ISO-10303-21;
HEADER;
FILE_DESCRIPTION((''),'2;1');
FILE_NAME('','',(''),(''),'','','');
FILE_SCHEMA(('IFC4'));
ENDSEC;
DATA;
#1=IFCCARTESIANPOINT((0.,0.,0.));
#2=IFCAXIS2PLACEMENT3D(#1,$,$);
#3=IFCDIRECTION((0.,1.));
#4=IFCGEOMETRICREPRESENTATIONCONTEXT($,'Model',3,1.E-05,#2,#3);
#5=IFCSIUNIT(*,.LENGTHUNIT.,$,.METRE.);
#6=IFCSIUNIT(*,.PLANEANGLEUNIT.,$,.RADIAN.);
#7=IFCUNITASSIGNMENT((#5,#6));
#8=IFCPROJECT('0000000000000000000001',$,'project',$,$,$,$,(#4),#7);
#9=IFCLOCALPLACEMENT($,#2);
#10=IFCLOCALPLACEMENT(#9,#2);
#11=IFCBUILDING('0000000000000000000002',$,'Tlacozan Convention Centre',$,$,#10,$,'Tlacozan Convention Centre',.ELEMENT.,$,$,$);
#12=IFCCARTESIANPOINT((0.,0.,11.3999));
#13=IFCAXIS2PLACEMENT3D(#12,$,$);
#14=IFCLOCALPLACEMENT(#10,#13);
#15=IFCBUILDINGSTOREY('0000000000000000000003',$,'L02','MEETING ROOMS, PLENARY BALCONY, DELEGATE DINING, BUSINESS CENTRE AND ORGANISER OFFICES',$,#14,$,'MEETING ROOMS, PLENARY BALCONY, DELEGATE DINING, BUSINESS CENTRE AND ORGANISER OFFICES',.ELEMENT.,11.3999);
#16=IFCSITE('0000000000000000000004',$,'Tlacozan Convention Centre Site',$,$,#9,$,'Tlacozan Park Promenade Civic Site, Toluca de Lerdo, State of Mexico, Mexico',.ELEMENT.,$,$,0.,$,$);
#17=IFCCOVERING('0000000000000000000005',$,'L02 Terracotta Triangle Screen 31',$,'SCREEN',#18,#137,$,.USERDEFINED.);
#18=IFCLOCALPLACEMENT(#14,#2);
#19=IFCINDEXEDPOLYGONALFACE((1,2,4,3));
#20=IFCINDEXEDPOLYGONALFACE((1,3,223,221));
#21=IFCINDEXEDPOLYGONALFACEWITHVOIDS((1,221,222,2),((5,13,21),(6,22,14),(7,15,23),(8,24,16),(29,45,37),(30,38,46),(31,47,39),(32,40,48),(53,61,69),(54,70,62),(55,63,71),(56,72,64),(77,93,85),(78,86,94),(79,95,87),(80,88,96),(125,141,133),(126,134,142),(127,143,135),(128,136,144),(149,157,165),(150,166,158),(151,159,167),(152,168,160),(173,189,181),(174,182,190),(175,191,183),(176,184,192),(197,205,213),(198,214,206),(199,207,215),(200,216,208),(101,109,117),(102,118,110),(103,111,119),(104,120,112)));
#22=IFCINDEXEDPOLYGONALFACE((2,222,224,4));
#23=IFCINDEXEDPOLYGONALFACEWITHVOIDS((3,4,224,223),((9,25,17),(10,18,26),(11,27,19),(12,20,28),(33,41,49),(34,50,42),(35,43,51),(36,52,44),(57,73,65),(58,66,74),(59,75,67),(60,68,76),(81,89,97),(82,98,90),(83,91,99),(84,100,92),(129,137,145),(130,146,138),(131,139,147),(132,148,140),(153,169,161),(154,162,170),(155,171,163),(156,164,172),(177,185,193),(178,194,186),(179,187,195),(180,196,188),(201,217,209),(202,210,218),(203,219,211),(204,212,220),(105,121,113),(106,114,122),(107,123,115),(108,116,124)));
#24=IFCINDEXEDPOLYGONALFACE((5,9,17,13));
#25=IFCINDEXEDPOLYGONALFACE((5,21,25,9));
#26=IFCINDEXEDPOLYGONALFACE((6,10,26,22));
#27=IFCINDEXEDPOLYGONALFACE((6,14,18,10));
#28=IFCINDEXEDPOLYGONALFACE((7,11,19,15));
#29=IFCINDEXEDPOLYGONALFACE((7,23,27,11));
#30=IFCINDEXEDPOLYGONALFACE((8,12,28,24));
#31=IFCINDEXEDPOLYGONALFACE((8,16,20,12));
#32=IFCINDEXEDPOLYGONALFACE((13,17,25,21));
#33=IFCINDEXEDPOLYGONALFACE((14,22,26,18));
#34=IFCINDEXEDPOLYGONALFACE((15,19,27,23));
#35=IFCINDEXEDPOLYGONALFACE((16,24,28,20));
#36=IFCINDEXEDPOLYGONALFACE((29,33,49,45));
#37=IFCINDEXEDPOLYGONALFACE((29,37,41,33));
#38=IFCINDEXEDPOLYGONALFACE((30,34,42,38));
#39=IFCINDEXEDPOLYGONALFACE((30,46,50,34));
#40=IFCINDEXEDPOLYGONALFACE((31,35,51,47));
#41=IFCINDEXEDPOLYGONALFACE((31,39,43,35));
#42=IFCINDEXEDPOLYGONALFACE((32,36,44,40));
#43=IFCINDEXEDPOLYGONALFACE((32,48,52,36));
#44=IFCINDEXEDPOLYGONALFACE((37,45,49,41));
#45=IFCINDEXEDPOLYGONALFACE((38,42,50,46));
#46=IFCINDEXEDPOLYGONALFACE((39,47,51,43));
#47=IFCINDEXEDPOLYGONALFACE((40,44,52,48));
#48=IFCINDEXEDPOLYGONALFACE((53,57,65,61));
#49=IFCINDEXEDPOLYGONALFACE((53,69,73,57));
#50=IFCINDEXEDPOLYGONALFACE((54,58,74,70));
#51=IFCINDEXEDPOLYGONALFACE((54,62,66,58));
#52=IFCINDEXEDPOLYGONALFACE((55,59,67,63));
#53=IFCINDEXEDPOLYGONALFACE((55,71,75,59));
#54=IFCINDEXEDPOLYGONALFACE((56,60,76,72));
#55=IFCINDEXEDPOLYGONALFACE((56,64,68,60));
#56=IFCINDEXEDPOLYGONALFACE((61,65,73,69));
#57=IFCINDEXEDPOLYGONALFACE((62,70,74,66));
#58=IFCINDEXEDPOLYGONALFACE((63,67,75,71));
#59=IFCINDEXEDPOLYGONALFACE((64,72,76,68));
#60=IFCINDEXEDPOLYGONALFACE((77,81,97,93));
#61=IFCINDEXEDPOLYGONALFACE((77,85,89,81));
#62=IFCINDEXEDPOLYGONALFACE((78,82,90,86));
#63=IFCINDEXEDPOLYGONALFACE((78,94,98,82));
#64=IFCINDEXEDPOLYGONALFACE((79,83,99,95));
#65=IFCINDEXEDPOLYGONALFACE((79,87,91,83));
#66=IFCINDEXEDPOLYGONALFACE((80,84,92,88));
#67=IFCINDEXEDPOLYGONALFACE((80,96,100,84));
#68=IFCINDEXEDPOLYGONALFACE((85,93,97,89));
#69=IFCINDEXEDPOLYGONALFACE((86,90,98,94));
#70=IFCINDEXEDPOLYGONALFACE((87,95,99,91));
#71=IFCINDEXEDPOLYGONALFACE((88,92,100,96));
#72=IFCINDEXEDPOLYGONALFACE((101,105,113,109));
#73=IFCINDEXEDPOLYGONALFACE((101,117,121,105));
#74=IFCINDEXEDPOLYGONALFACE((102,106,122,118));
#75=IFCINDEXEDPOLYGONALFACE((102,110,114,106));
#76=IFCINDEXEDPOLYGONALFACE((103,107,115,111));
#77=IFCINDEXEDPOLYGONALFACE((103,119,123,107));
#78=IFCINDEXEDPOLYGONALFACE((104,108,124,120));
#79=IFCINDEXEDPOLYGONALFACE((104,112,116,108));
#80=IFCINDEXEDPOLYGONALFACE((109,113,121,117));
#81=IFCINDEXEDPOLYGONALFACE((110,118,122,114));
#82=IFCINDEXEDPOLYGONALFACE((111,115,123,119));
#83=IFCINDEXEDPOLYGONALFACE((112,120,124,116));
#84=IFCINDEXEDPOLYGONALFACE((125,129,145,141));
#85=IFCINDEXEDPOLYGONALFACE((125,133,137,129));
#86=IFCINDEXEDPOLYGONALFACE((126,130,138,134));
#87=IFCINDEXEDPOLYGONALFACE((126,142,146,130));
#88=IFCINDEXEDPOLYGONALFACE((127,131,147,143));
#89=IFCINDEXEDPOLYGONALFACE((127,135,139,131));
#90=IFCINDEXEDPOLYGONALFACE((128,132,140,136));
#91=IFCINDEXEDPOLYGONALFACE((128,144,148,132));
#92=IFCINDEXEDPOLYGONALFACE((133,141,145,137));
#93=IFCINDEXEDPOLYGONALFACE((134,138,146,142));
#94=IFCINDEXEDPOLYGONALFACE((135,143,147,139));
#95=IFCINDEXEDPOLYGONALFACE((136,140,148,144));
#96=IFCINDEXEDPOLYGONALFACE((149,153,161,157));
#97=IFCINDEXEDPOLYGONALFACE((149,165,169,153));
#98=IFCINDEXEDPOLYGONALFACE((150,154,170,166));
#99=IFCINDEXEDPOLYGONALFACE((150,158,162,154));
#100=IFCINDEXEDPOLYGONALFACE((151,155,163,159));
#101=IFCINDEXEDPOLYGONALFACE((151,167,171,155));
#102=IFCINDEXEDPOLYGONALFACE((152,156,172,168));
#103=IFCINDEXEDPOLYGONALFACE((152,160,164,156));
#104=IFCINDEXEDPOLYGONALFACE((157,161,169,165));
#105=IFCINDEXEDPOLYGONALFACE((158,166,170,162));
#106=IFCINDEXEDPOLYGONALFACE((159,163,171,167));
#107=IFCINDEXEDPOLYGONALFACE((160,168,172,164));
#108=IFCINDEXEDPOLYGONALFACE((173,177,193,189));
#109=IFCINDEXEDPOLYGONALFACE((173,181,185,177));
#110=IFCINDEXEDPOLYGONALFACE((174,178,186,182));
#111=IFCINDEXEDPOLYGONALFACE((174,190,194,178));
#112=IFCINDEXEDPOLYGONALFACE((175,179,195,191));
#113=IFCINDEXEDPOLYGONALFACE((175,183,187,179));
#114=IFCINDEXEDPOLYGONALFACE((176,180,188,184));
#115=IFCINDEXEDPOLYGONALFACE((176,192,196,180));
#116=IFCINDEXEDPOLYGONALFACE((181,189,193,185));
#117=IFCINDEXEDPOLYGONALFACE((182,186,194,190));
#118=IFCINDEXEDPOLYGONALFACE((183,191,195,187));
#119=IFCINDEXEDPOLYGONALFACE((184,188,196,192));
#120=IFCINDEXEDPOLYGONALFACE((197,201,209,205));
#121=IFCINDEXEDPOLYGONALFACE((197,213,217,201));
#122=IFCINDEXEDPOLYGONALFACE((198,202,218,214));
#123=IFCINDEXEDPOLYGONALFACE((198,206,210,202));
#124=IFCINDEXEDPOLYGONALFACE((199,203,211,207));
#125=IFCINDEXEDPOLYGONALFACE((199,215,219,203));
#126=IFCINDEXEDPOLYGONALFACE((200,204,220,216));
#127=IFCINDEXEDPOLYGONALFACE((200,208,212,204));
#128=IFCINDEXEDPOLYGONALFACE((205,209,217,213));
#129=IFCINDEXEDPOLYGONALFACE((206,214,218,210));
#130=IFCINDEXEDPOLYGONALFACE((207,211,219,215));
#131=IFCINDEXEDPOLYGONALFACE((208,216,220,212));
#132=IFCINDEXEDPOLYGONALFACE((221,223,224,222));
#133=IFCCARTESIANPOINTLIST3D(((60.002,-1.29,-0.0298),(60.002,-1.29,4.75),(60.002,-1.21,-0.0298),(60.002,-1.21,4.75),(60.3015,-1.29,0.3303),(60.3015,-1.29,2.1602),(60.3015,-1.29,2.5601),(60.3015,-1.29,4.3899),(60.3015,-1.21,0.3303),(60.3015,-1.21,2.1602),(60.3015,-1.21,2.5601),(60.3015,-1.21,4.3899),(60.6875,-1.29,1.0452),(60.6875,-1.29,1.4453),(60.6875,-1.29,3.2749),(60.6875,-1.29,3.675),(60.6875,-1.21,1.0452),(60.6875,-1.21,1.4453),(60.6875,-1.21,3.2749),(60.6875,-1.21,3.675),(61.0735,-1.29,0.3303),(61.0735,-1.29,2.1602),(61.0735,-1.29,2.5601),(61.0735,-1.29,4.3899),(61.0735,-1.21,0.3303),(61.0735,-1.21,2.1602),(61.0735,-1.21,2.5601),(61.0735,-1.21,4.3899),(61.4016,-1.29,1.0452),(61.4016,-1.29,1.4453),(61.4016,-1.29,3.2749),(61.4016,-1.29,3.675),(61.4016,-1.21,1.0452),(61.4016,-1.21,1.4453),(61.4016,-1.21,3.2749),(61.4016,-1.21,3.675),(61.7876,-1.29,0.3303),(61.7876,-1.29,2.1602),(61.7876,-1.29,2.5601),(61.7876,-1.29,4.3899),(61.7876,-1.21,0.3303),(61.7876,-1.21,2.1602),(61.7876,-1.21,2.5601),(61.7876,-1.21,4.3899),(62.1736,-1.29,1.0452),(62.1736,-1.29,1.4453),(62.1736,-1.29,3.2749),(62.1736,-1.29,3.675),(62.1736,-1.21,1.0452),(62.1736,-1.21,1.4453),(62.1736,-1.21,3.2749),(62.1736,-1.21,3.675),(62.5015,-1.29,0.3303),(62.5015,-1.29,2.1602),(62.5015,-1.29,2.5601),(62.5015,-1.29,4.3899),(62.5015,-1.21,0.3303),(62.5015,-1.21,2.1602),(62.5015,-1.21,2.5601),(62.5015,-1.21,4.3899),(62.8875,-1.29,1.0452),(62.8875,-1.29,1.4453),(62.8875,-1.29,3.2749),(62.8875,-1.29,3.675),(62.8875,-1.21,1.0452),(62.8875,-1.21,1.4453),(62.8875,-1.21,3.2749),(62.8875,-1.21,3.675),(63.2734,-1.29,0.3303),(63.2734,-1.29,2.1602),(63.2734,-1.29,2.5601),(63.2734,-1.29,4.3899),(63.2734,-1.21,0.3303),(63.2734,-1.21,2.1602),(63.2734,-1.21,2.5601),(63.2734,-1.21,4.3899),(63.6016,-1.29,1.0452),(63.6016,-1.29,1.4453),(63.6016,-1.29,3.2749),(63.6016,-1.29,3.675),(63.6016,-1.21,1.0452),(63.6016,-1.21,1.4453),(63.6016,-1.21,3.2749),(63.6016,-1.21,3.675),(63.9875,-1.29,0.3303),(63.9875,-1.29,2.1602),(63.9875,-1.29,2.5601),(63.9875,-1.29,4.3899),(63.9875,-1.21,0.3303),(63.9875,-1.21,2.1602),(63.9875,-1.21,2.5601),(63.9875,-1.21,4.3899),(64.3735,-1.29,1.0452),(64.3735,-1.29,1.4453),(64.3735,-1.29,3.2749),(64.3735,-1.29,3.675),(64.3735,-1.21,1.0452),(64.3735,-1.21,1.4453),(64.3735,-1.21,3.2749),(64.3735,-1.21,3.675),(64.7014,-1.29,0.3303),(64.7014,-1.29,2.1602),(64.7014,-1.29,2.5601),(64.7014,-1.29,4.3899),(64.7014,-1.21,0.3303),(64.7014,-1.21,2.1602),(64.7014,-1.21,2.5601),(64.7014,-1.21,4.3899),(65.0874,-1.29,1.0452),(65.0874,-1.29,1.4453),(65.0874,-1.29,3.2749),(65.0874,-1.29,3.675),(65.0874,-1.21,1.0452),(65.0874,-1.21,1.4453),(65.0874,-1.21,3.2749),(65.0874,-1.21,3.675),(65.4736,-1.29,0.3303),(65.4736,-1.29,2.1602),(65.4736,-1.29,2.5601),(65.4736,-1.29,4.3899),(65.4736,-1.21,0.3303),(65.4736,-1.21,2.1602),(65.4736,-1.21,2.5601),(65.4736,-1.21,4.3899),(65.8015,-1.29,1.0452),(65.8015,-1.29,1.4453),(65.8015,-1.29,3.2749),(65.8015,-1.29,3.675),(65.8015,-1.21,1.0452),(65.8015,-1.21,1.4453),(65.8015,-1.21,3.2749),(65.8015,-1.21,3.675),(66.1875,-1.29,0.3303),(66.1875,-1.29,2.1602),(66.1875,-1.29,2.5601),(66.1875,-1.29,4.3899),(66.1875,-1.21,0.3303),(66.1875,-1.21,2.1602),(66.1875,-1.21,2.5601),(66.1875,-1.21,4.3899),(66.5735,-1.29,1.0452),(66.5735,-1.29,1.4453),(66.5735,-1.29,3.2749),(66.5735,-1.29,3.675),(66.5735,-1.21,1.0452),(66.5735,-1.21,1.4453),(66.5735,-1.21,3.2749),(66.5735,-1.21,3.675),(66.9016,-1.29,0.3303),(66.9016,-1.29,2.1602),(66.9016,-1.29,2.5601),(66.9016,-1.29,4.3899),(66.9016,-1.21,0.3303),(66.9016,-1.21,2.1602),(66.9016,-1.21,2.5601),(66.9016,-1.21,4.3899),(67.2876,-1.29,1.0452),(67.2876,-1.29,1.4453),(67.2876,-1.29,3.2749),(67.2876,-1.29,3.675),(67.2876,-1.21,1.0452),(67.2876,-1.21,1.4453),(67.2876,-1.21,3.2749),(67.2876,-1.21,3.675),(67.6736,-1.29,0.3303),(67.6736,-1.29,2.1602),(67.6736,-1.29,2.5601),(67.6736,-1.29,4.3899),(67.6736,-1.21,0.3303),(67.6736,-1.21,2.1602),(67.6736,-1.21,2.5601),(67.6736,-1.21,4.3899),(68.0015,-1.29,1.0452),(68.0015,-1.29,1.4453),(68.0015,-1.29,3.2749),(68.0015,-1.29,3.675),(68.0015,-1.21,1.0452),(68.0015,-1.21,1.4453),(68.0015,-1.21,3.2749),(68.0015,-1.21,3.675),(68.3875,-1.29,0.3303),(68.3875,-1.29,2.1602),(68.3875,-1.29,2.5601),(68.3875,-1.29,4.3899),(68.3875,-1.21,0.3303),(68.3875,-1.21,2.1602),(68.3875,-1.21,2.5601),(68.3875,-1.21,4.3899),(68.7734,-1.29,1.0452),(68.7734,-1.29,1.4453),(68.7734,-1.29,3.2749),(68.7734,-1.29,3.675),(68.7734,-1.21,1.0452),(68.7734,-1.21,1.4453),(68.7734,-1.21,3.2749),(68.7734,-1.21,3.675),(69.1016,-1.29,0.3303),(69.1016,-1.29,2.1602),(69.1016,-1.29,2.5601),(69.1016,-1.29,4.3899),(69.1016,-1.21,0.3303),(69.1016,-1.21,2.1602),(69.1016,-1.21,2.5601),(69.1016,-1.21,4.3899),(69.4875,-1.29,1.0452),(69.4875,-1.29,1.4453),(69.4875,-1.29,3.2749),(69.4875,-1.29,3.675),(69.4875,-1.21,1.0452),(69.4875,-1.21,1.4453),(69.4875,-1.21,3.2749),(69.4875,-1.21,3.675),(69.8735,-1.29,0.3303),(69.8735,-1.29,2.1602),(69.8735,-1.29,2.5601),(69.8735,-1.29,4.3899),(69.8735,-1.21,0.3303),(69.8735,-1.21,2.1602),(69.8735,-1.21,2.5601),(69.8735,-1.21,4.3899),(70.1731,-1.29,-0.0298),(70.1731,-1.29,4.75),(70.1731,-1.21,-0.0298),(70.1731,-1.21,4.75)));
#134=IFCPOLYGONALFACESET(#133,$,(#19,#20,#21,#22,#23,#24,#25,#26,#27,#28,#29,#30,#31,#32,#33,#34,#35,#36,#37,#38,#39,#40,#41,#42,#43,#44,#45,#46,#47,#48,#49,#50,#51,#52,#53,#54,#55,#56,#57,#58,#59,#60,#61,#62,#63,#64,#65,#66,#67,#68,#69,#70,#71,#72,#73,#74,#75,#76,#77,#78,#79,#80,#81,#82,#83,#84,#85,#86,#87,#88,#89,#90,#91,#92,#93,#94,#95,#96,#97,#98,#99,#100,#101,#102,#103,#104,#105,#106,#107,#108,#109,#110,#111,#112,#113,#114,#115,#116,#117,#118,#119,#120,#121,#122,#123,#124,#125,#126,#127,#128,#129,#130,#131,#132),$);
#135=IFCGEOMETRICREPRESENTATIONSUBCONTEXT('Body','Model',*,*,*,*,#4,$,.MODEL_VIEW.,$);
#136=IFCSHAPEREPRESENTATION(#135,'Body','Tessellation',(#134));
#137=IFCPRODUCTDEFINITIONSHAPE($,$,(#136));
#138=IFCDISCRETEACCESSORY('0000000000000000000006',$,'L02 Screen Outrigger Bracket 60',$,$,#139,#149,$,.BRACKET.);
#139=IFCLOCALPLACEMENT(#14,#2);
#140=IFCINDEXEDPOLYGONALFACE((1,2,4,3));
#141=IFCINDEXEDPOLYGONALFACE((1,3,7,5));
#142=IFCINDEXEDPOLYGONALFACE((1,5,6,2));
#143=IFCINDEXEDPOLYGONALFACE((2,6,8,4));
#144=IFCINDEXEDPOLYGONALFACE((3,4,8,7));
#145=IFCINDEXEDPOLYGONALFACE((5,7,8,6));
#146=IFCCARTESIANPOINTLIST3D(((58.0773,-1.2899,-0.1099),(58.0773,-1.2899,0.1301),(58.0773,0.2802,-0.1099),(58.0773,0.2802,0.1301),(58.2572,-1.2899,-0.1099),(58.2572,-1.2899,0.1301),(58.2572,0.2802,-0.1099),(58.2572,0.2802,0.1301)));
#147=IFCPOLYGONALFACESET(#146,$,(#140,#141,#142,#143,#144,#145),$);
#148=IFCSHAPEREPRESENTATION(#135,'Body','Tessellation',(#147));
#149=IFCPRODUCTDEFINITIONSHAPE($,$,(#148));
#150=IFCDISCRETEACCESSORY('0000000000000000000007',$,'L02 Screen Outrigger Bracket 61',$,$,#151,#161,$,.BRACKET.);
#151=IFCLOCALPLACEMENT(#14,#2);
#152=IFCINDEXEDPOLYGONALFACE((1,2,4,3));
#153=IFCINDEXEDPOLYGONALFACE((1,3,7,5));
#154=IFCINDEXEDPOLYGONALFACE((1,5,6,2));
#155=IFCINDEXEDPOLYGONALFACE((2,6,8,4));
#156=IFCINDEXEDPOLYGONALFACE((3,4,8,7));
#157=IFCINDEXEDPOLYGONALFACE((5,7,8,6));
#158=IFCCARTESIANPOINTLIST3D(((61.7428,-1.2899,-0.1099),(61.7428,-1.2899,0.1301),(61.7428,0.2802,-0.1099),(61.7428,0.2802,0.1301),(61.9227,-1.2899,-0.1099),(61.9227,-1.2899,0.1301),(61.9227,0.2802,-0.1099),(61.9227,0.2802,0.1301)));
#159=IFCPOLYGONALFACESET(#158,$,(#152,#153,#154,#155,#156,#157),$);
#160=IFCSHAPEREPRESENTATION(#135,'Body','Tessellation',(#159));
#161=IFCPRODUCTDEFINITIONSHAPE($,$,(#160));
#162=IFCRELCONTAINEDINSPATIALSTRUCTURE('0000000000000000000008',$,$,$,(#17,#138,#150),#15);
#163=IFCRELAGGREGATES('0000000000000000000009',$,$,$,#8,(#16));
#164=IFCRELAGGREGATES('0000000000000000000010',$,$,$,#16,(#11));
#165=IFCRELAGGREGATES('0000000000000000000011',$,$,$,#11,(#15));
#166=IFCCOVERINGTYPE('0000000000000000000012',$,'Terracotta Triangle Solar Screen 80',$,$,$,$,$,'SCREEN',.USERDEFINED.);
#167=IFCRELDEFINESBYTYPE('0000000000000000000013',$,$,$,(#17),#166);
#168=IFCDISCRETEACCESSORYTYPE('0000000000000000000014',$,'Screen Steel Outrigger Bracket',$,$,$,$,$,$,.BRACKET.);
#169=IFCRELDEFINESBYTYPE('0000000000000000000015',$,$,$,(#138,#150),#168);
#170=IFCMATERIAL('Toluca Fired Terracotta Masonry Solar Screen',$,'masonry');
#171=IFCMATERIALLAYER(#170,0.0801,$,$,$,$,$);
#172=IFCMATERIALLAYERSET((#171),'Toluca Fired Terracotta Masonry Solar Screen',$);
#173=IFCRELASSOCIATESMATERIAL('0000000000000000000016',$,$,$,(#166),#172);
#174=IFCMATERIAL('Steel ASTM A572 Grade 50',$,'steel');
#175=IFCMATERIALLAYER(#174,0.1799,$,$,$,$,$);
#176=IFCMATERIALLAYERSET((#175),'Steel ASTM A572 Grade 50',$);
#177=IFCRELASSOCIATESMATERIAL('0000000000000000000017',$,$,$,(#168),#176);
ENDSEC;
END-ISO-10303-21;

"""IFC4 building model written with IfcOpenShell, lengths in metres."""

from ifc_helpers import new_model, si_unit, direction, frame, origin, origin_2d, place, context, subcontext, project, spatial, polyline, rectangle, outline, extrude, material, layer, layer_set, type_object, element, save


model = new_model("IFC4")

# Units and contexts
model_context = context("Model", 3, precision=1e-05, world=origin(), true_north=direction((0.0, 1.0)))
body_context = subcontext(model_context, "Body", "Model", "MODEL_VIEW")
ifc_project = project(units=[si_unit("LENGTHUNIT", "METRE"), si_unit("PLANEANGLEUNIT", "RADIAN")], contexts=[model_context])

# Site, building, storey
site_placement = place(None, origin())
site = spatial("IfcSite", under=ifc_project, at=site_placement, Name="Tlacozan Convention Centre Site", LongName="Tlacozan Park Promenade Civic Site, Toluca de Lerdo, State of Mexico, Mexico", CompositionType="ELEMENT", RefElevation=0.0)
building_placement = place(site_placement, origin())
building = spatial("IfcBuilding", under=site, at=building_placement, Name="Tlacozan Convention Centre", LongName="Tlacozan Convention Centre", CompositionType="ELEMENT")
storey_placement = place(building_placement, frame((0.0, 0.0, 11.3999)))
storey = spatial("IfcBuildingStorey", under=building, at=storey_placement, Name="L02", Description="MEETING ROOMS, PLENARY BALCONY, DELEGATE DINING, BUSINESS CENTRE AND ORGANISER OFFICES", LongName="MEETING ROOMS, PLENARY BALCONY, DELEGATE DINING, BUSINESS CENTRE AND ORGANISER OFFICES", CompositionType="ELEMENT", Elevation=11.3999)

# Covering
ifc_material_1 = material(Name="Toluca Fired Terracotta Masonry Solar Screen", Category="masonry")
ifc_layer_1 = layer(ifc_material_1, 0.0801)
ifc_layer_set_1 = layer_set([ifc_layer_1], Name="Toluca Fired Terracotta Masonry Solar Screen")
covering_type = type_object("IfcCoveringType", Name="Terracotta Triangle Solar Screen 80", ElementType="SCREEN", PredefinedType="USERDEFINED", material=ifc_layer_set_1)
covering_placement = place(storey_placement, frame((60.002, -1.25, -0.0298), z_axis=(0.0, 0.0, 1.0), x_axis=(1.0, 0.0, 0.0)))
element("IfcCovering", 1, at=covering_placement, inside=storey, type_object=covering_type, Name="L02 Terracotta Triangle Screen 31", ObjectType="SCREEN", PredefinedType="USERDEFINED", context=body_context, shape_type="SweptSolid", body=[
    extrude(outline(polyline([(0.0, 0.0), (10.1711, 0.0), (10.1711, 4.7798), (0.0, 4.7798), (0.0, 0.0)]), holes=[polyline([(0.2996, 0.3601), (1.0715, 0.3601), (0.6855, 1.075), (0.2996, 0.3601)]), polyline([(1.3997, 1.075), (2.1716, 1.075), (1.7856, 0.3601), (1.3997, 1.075)]), polyline([(2.4995, 0.3601), (3.2715, 0.3601), (2.8855, 1.075), (2.4995, 0.3601)]), polyline([(3.5996, 1.075), (4.3716, 1.075), (3.9856, 0.3601), (3.5996, 1.075)]), polyline([(4.6995, 0.3601), (5.4717, 0.3601), (5.0854, 1.075), (4.6995, 0.3601)]), polyline([(5.7996, 1.075), (6.5715, 1.075), (6.1855, 0.3601), (5.7996, 1.075)]), polyline([(6.8997, 0.3601), (7.6716, 0.3601), (7.2856, 1.075), (6.8997, 0.3601)]), polyline([(7.9995, 1.075), (8.7715, 1.075), (8.3855, 0.3601), (7.9995, 1.075)]), polyline([(9.0996, 0.3601), (9.8716, 0.3601), (9.4856, 1.075), (9.0996, 0.3601)]), polyline([(0.2996, 2.1899), (1.0715, 2.1899), (0.6855, 1.4751), (0.2996, 2.1899)]), polyline([(1.3997, 1.4751), (2.1716, 1.4751), (1.7856, 2.1899), (1.3997, 1.4751)]), polyline([(2.4995, 2.1899), (3.2715, 2.1899), (2.8855, 1.4751), (2.4995, 2.1899)]), polyline([(3.5996, 1.4751), (4.3716, 1.4751), (3.9856, 2.1899), (3.5996, 1.4751)]), polyline([(4.6995, 2.1899), (5.4717, 2.1899), (5.0854, 1.4751), (4.6995, 2.1899)]), polyline([(5.7996, 1.4751), (6.5715, 1.4751), (6.1855, 2.1899), (5.7996, 1.4751)]), polyline([(6.8997, 2.1899), (7.6716, 2.1899), (7.2856, 1.4751), (6.8997, 2.1899)]), polyline([(7.9995, 1.4751), (8.7715, 1.4751), (8.3855, 2.1899), (7.9995, 1.4751)]), polyline([(9.0996, 2.1899), (9.8716, 2.1899), (9.4856, 1.4751), (9.0996, 2.1899)]), polyline([(0.2996, 2.5898), (1.0715, 2.5898), (0.6855, 3.3047), (0.2996, 2.5898)]), polyline([(1.3997, 3.3047), (2.1716, 3.3047), (1.7856, 2.5898), (1.3997, 3.3047)]), polyline([(2.4995, 2.5898), (3.2715, 2.5898), (2.8855, 3.3047), (2.4995, 2.5898)]), polyline([(3.5996, 3.3047), (4.3716, 3.3047), (3.9856, 2.5898), (3.5996, 3.3047)]), polyline([(4.6995, 2.5898), (5.4717, 2.5898), (5.0854, 3.3047), (4.6995, 2.5898)]), polyline([(5.7996, 3.3047), (6.5715, 3.3047), (6.1855, 2.5898), (5.7996, 3.3047)]), polyline([(6.8997, 2.5898), (7.6716, 2.5898), (7.2856, 3.3047), (6.8997, 2.5898)]), polyline([(7.9995, 3.3047), (8.7715, 3.3047), (8.3855, 2.5898), (7.9995, 3.3047)]), polyline([(9.0996, 2.5898), (9.8716, 2.5898), (9.4856, 3.3047), (9.0996, 2.5898)]), polyline([(0.2996, 4.4197), (1.0715, 4.4197), (0.6855, 3.7048), (0.2996, 4.4197)]), polyline([(1.3997, 3.7048), (2.1716, 3.7048), (1.7856, 4.4197), (1.3997, 3.7048)]), polyline([(2.4995, 4.4197), (3.2715, 4.4197), (2.8855, 3.7048), (2.4995, 4.4197)]), polyline([(3.5996, 3.7048), (4.3716, 3.7048), (3.9856, 4.4197), (3.5996, 3.7048)]), polyline([(4.6995, 4.4197), (5.4717, 4.4197), (5.0854, 3.7048), (4.6995, 4.4197)]), polyline([(5.7996, 3.7048), (6.5715, 3.7048), (6.1855, 4.4197), (5.7996, 3.7048)]), polyline([(6.8997, 4.4197), (7.6716, 4.4197), (7.2856, 3.7048), (6.8997, 4.4197)]), polyline([(7.9995, 3.7048), (8.7715, 3.7048), (8.3855, 4.4197), (7.9995, 3.7048)]), polyline([(9.0996, 4.4197), (9.8716, 4.4197), (9.4856, 3.7048), (9.0996, 4.4197)])]), frame((0.0, 0.04, 0.0), z_axis=(0.0, -1.0, 0.0), x_axis=(1.0, 0.0, 0.0)), (0.0, 0.0, 1.0), 0.0801),
])

# Discrete accessories
ifc_material_2 = material(Name="Steel ASTM A572 Grade 50", Category="steel")
ifc_layer_2 = layer(ifc_material_2, 0.1799)
ifc_layer_set_2 = layer_set([ifc_layer_2], Name="Steel ASTM A572 Grade 50")
discrete_accessory_type = type_object("IfcDiscreteAccessoryType", Name="Screen Steel Outrigger Bracket", PredefinedType="BRACKET", material=ifc_layer_set_2)
for number, where, z_axis, x_axis, name in (
    (2, (58.1672, -0.5049, -0.1099), (0.0, 0.0, 1.0), (0.0, 1.0, 0.0), "L02 Screen Outrigger Bracket 60"),
    (3, (61.8328, -0.5049, -0.1099), (0.0, 0.0, 1.0), (0.0, 1.0, 0.0), "L02 Screen Outrigger Bracket 61"),
):
    element("IfcDiscreteAccessory", number, at=place(storey_placement, frame(where, z_axis=z_axis, x_axis=x_axis)), inside=storey, type_object=discrete_accessory_type, Name=name, PredefinedType="BRACKET", context=body_context, shape_type="SweptSolid", body=[
        extrude(rectangle(XDim=1.5701, YDim=0.1799, at=origin_2d()), origin(), (0.0, 0.0, 1.0), 0.24),
    ])

save(model, "model.ifc")
